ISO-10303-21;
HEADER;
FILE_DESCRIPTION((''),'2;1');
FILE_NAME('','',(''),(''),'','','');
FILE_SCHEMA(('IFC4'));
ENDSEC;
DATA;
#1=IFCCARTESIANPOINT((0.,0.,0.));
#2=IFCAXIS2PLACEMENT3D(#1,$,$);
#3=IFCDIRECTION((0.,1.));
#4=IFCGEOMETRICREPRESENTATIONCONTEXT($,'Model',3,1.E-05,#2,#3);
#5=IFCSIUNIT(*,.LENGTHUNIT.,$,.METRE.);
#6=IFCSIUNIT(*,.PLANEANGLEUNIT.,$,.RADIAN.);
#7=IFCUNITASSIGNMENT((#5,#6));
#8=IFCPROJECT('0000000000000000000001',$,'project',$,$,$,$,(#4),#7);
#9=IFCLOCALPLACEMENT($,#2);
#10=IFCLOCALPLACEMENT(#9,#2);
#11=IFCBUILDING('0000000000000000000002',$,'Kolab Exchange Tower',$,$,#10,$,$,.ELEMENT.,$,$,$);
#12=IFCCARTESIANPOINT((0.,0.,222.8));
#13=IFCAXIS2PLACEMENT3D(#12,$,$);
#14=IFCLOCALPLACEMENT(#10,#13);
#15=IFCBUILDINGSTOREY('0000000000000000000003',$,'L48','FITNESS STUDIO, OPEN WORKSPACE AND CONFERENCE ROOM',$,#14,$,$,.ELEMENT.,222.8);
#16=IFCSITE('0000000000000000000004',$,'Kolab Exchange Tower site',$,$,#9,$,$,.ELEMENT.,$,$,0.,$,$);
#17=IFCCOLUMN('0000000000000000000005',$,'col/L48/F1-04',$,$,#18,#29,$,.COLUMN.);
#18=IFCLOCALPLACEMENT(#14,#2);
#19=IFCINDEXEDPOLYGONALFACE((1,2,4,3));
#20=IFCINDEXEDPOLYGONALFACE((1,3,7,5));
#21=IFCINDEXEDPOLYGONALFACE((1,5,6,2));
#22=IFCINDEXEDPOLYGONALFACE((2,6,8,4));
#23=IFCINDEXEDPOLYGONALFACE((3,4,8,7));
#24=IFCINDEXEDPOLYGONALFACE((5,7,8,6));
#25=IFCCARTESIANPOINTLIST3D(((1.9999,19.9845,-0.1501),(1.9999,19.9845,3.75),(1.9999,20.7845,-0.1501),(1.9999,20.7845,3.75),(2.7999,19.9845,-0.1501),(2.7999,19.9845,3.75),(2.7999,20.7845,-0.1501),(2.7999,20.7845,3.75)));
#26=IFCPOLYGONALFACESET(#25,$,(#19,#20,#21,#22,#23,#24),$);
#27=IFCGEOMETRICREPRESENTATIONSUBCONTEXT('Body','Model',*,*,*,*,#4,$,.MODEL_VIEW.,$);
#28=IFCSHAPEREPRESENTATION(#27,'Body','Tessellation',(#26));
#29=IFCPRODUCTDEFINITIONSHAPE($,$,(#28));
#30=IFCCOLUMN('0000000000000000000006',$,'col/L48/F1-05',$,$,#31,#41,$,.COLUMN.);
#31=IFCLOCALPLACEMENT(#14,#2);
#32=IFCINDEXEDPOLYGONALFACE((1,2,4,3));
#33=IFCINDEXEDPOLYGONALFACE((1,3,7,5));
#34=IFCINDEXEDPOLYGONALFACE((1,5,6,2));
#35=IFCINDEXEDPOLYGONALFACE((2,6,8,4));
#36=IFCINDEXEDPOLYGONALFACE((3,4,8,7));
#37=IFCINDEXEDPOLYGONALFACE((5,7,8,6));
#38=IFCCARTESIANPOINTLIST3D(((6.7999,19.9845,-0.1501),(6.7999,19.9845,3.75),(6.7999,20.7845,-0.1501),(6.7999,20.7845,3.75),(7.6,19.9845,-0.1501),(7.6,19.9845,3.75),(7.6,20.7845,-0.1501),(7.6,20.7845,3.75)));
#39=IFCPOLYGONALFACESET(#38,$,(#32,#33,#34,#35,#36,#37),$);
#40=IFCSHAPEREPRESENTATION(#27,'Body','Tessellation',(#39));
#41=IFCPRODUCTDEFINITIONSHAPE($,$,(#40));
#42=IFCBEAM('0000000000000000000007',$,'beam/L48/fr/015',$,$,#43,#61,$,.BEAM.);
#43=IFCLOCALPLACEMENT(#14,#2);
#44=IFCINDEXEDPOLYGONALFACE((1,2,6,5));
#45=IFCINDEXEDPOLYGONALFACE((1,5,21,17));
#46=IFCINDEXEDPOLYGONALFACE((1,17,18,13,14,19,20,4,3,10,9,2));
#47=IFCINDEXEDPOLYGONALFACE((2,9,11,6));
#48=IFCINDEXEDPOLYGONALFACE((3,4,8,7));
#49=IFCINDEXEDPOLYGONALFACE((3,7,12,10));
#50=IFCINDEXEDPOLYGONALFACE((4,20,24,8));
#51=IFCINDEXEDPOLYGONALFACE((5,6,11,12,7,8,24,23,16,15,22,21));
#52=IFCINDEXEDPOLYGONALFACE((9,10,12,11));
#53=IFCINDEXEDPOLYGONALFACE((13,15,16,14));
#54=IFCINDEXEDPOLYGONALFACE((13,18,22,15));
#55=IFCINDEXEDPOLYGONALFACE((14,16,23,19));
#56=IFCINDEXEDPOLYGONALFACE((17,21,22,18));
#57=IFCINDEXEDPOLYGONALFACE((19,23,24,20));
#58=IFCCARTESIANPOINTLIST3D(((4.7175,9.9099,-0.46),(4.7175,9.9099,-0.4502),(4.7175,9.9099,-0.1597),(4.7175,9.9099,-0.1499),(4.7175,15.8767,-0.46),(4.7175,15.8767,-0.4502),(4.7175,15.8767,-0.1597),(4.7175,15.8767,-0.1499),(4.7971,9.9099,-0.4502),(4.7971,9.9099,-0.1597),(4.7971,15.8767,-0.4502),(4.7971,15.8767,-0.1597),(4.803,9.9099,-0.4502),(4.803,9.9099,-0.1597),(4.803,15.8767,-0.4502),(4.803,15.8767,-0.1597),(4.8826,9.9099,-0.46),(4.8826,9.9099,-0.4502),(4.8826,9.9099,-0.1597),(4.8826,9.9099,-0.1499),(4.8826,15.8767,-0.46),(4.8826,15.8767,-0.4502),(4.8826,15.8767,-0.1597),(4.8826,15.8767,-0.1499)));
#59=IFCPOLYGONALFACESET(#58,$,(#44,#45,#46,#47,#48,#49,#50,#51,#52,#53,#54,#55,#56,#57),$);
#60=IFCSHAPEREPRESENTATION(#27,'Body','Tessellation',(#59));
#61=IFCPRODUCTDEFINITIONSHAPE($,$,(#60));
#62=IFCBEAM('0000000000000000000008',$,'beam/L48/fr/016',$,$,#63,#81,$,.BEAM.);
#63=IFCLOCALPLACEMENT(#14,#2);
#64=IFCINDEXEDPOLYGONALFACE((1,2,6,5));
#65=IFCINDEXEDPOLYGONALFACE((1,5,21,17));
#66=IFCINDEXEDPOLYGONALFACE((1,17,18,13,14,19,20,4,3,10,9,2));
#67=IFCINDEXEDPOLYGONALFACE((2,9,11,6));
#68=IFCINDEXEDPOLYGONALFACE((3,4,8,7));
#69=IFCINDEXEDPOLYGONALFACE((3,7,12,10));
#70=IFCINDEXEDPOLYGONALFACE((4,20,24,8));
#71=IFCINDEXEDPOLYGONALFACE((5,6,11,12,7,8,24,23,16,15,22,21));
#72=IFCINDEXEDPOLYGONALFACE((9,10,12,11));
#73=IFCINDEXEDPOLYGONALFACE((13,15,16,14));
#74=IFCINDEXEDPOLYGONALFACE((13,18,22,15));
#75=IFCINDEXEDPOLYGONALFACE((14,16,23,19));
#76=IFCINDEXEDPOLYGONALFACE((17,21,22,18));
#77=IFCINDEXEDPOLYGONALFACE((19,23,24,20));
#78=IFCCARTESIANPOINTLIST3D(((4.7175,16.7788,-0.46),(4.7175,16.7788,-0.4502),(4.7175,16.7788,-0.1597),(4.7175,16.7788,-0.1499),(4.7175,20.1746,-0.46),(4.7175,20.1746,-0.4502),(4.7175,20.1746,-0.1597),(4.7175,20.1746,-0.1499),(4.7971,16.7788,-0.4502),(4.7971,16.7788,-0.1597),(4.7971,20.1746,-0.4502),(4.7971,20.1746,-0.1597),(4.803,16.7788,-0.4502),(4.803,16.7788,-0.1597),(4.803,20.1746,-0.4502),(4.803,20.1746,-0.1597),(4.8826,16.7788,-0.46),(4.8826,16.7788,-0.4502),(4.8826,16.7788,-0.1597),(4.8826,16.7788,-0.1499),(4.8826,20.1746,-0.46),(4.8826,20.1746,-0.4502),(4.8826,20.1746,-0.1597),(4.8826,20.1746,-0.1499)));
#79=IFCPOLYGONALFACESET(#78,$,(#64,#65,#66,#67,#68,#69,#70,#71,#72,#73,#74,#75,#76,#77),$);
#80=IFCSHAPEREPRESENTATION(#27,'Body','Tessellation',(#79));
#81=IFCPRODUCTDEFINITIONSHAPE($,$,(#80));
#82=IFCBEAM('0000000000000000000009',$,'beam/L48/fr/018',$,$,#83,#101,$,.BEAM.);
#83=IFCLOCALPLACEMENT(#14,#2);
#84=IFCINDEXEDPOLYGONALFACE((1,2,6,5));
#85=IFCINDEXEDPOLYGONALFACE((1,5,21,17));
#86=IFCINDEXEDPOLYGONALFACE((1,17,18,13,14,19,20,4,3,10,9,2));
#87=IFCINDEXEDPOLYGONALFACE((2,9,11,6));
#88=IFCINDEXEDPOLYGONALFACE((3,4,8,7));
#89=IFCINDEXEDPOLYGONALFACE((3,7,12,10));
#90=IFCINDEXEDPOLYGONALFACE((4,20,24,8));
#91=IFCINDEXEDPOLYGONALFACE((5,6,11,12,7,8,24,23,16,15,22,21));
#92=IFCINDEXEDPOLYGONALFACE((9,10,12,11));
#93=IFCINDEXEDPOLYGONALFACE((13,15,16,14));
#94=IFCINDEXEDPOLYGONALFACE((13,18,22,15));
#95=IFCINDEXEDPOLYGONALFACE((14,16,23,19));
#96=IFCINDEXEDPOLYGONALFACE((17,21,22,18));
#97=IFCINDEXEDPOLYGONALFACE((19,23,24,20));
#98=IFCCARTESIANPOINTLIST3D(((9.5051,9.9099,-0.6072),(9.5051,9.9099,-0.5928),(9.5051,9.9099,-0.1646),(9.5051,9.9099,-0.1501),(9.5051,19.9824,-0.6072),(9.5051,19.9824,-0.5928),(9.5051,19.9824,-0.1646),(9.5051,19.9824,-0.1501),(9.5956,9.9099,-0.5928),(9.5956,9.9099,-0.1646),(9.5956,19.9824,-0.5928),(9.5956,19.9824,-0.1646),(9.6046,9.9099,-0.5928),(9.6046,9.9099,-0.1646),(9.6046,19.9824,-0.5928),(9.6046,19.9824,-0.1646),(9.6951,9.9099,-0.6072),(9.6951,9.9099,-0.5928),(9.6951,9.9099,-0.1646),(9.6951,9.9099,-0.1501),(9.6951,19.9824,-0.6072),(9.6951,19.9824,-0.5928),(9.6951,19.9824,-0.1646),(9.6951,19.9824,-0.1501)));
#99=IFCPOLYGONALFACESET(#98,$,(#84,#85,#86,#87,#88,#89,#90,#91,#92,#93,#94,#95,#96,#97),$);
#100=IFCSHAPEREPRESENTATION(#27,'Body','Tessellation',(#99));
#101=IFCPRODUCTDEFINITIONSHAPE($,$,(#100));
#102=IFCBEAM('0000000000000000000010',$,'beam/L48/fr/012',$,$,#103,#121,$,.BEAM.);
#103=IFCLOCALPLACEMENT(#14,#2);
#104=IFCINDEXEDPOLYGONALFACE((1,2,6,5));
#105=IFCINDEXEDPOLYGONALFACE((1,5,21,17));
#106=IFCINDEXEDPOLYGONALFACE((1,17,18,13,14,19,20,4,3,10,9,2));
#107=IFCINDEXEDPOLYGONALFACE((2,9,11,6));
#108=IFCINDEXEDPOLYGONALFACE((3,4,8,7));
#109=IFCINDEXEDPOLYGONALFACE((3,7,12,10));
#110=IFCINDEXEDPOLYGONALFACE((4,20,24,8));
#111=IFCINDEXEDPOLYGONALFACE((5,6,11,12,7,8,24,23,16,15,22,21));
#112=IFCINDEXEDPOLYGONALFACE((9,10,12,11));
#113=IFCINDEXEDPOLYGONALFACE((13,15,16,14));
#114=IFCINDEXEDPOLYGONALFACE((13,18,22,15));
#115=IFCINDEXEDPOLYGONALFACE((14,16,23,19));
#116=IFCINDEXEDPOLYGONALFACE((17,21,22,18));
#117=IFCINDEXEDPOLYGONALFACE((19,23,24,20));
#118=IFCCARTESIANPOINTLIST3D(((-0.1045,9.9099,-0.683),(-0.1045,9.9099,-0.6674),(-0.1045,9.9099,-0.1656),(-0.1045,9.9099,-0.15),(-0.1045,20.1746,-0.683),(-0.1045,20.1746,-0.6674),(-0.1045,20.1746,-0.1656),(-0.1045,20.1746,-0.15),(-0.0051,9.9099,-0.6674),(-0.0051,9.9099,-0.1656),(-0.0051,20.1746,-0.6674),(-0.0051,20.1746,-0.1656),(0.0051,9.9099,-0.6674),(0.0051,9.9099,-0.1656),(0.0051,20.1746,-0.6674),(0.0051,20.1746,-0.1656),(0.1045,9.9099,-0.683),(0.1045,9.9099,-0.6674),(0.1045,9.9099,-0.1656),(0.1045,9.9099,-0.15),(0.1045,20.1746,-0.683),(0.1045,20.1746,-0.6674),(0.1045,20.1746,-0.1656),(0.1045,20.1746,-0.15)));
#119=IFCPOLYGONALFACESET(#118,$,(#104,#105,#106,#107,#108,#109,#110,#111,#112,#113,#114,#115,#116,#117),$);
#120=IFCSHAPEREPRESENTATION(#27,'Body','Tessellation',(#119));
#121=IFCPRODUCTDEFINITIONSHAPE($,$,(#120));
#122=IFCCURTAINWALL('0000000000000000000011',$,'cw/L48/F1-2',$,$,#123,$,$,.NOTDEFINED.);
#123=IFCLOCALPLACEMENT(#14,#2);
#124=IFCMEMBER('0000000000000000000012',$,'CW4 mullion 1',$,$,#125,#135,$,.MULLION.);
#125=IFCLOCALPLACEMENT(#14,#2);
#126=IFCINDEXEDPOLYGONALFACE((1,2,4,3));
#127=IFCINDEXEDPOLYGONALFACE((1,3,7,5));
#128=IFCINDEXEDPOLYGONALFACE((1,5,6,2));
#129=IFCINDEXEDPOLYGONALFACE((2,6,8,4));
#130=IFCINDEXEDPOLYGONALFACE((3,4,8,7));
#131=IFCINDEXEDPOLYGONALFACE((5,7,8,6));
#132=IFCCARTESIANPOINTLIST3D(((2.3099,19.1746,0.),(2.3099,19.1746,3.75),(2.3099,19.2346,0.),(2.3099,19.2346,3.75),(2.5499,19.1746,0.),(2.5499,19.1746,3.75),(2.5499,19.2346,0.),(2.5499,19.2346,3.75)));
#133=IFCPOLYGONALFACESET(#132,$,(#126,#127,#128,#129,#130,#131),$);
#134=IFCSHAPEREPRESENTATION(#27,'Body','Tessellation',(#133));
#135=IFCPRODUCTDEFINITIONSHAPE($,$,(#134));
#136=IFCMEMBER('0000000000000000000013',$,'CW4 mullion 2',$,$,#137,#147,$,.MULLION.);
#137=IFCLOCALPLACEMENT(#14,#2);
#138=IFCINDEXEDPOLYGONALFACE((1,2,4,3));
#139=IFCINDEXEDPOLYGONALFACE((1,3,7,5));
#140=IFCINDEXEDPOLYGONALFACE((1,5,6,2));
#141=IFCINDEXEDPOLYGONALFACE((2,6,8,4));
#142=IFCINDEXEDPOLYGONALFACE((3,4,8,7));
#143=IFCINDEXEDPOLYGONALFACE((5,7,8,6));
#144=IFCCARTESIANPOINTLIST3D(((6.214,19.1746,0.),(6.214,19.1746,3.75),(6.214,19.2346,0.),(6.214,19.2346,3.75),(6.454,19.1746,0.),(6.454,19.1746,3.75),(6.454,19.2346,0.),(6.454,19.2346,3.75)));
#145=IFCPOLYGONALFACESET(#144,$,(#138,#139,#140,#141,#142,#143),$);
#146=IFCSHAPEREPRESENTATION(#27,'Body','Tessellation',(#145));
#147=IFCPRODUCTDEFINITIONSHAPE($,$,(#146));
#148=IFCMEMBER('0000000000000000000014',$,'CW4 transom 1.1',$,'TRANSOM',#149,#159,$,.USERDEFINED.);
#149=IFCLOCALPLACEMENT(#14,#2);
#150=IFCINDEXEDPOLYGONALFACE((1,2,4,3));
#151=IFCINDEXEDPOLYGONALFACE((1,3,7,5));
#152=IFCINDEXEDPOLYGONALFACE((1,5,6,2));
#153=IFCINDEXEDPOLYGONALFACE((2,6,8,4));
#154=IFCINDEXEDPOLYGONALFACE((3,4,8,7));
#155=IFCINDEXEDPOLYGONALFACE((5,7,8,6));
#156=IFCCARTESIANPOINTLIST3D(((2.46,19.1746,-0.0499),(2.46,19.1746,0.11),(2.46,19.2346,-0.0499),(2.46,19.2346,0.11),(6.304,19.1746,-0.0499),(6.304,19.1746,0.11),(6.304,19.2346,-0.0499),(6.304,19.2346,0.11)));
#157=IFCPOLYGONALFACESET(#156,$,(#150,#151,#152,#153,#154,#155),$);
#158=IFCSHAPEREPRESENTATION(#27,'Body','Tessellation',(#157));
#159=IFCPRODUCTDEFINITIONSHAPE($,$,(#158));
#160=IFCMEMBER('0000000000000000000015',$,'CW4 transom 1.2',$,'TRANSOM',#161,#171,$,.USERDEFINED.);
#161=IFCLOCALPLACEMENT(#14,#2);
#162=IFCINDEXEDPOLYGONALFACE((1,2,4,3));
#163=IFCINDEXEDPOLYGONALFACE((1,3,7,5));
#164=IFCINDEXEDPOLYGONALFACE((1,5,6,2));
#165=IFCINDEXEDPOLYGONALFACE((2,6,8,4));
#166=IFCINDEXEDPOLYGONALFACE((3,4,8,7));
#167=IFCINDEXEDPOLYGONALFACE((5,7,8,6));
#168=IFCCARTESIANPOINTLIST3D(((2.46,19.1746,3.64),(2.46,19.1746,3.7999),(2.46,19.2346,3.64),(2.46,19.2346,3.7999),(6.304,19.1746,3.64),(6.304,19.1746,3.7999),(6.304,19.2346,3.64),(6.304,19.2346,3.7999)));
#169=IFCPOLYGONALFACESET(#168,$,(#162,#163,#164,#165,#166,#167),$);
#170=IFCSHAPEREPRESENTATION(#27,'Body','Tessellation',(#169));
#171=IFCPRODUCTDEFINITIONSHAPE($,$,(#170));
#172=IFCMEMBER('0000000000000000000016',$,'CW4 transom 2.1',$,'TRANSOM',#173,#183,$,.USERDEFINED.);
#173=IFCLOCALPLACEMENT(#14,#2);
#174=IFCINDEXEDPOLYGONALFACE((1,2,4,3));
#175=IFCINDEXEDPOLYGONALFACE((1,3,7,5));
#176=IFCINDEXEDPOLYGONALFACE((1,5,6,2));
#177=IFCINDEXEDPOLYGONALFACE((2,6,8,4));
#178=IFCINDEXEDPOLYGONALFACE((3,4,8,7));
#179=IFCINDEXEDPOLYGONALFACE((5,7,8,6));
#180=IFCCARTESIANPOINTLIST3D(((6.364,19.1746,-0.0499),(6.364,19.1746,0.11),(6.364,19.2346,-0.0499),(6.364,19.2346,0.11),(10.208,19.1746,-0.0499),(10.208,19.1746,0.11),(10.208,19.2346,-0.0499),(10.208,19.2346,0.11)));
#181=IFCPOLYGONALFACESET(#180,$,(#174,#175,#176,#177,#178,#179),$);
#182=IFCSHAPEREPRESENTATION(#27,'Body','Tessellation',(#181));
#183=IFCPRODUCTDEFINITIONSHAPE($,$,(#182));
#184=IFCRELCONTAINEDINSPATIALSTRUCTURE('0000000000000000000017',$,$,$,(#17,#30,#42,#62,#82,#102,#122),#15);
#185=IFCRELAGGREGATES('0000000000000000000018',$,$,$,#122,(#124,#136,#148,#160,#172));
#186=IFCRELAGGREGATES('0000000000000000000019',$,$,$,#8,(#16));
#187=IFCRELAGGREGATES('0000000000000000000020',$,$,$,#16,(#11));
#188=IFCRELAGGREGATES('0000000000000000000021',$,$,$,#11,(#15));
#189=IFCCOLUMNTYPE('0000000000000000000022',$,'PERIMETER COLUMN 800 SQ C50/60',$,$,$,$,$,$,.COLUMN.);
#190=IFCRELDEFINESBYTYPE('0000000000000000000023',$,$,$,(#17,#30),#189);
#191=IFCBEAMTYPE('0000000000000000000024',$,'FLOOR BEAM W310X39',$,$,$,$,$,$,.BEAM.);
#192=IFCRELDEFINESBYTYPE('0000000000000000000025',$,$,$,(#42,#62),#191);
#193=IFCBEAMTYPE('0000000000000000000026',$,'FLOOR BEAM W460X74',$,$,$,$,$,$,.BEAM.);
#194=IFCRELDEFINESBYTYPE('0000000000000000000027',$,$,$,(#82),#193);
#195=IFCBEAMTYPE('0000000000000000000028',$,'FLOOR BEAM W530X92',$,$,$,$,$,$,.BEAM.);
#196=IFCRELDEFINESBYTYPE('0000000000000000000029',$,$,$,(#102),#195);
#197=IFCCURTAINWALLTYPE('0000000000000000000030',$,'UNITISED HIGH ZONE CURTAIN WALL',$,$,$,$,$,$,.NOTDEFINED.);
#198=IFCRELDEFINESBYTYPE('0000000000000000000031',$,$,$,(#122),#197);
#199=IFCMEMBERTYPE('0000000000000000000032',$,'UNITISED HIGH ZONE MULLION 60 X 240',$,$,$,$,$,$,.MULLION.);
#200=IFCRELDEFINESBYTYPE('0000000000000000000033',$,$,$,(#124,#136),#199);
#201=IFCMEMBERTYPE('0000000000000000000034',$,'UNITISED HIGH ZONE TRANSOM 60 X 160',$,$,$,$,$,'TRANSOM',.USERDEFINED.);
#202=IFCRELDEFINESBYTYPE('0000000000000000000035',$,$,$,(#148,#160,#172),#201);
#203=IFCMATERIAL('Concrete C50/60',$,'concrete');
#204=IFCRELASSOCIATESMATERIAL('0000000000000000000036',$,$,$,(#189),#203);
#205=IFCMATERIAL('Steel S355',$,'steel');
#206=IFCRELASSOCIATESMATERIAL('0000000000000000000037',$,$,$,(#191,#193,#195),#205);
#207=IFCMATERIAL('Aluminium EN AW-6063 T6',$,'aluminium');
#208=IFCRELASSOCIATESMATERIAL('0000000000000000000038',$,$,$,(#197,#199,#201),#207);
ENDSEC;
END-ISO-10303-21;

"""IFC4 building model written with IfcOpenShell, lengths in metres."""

from ifc_helpers import new_model, si_unit, direction, frame, origin, origin_2d, place, context, subcontext, project, spatial, rectangle, i_section, extrude, material, material_profile, profile_set, type_object, element, aggregate, save


model = new_model("IFC4")

# Units and contexts
model_context = context("Model", 3, precision=1e-05, world=origin(), true_north=direction((0.0, 1.0)))
body_context = subcontext(model_context, "Body", "Model", "MODEL_VIEW")
ifc_project = project(units=[si_unit("LENGTHUNIT", "METRE"), si_unit("PLANEANGLEUNIT", "RADIAN")], contexts=[model_context])

# Site, building, storey
site_placement = place(None, origin())
site = spatial("IfcSite", under=ifc_project, at=site_placement, Name="Kolab Exchange Tower site", CompositionType="ELEMENT", RefElevation=0.0)
building_placement = place(site_placement, origin())
building = spatial("IfcBuilding", under=site, at=building_placement, Name="Kolab Exchange Tower", CompositionType="ELEMENT")
storey_placement = place(building_placement, frame((0.0, 0.0, 222.8)))
storey = spatial("IfcBuildingStorey", under=building, at=storey_placement, Name="L48", Description="FITNESS STUDIO, OPEN WORKSPACE AND CONFERENCE ROOM", CompositionType="ELEMENT", Elevation=222.8)

# Columns
ifc_material_1 = material(Name="Concrete C50/60", Category="concrete")
ifc_material_profile_1 = material_profile(ifc_material_1, rectangle(XDim=0.8, YDim=0.8, at=origin_2d()), Name="RC800")
ifc_profile_set_1 = profile_set([ifc_material_profile_1], Name="Concrete C50/60")
column_type = type_object("IfcColumnType", Name="PERIMETER COLUMN 800 SQ C50/60", PredefinedType="COLUMN", material=ifc_profile_set_1)
for number, where, z_axis, x_axis, name in (
    (1, (2.3999, 20.3845, -0.1501), (0.0, 0.0, 1.0), (1.0, 0.0, 0.0), "col/L48/F1-04"),
    (2, (7.2, 20.3845, -0.1501), (0.0, 0.0, 1.0), (1.0, 0.0, 0.0), "col/L48/F1-05"),
):
    element("IfcColumn", number, at=place(storey_placement, frame(where, z_axis=z_axis, x_axis=x_axis)), inside=storey, type_object=column_type, Name=name, PredefinedType="COLUMN", context=body_context, shape_type="SweptSolid", body=[
        extrude(rectangle(XDim=0.8, YDim=0.8, at=origin_2d()), origin(), (0.0, 0.0, 1.0), 3.9001),
    ])

# Beams
ifc_material_2 = material(Name="Steel S355", Category="steel")
ifc_material_profile_2 = material_profile(ifc_material_2, i_section(OverallWidth=0.165, OverallDepth=0.3101, WebThickness=0.0059, FlangeThickness=0.0098, at=origin_2d()), Name="W310X39")
ifc_profile_set_2 = profile_set([ifc_material_profile_2], Name="Steel S355")
beam_type_1 = type_object("IfcBeamType", Name="FLOOR BEAM W310X39", PredefinedType="BEAM", material=ifc_profile_set_2)
beam_1_placement = place(storey_placement, frame((4.8, 9.9099, -0.3049), z_axis=(0.0, 1.0, 0.0), x_axis=(-1.0, 0.0, 0.0)))
element("IfcBeam", 3, at=beam_1_placement, inside=storey, type_object=beam_type_1, Name="beam/L48/fr/015", PredefinedType="BEAM", context=body_context, shape_type="SweptSolid", body=[
    extrude(i_section(OverallWidth=0.165, OverallDepth=0.3101, WebThickness=0.0059, FlangeThickness=0.0098, at=origin_2d()), origin(), (0.0, 0.0, 1.0), 5.9668),
])
beam_2_placement = place(storey_placement, frame((4.8, 16.7788, -0.3049), z_axis=(0.0, 1.0, 0.0), x_axis=(-1.0, 0.0, 0.0)))
element("IfcBeam", 4, at=beam_2_placement, inside=storey, type_object=beam_type_1, Name="beam/L48/fr/016", PredefinedType="BEAM", context=body_context, shape_type="SweptSolid", body=[
    extrude(i_section(OverallWidth=0.165, OverallDepth=0.3101, WebThickness=0.0059, FlangeThickness=0.0098, at=origin_2d()), origin(), (0.0, 0.0, 1.0), 3.3958),
])
ifc_material_profile_3 = material_profile(ifc_material_2, i_section(OverallWidth=0.1899, OverallDepth=0.457, WebThickness=0.009, FlangeThickness=0.0144, at=origin_2d()), Name="W460X74")
ifc_profile_set_3 = profile_set([ifc_material_profile_3], Name="Steel S355")
beam_type_2 = type_object("IfcBeamType", Name="FLOOR BEAM W460X74", PredefinedType="BEAM", material=ifc_profile_set_3)
beam_3_placement = place(storey_placement, frame((9.6001, 9.9099, -0.3787), z_axis=(0.0, 1.0, 0.0), x_axis=(-1.0, 0.0, 0.0)))
element("IfcBeam", 5, at=beam_3_placement, inside=storey, type_object=beam_type_2, Name="beam/L48/fr/018", PredefinedType="BEAM", context=body_context, shape_type="SweptSolid", body=[
    extrude(i_section(OverallWidth=0.1899, OverallDepth=0.457, WebThickness=0.009, FlangeThickness=0.0144, at=origin_2d()), origin(), (0.0, 0.0, 1.0), 10.0725),
])
ifc_material_profile_4 = material_profile(ifc_material_2, i_section(OverallWidth=0.209, OverallDepth=0.533, WebThickness=0.0103, FlangeThickness=0.0156, at=origin_2d()), Name="W530X92")
ifc_profile_set_4 = profile_set([ifc_material_profile_4], Name="Steel S355")
beam_type_3 = type_object("IfcBeamType", Name="FLOOR BEAM W530X92", PredefinedType="BEAM", material=ifc_profile_set_4)
beam_4_placement = place(storey_placement, frame((0.0, 9.9099, -0.4165), z_axis=(0.0, 1.0, 0.0), x_axis=(-1.0, 0.0, 0.0)))
element("IfcBeam", 6, at=beam_4_placement, inside=storey, type_object=beam_type_3, Name="beam/L48/fr/012", PredefinedType="BEAM", context=body_context, shape_type="SweptSolid", body=[
    extrude(i_section(OverallWidth=0.209, OverallDepth=0.533, WebThickness=0.0103, FlangeThickness=0.0156, at=origin_2d()), origin(), (0.0, 0.0, 1.0), 10.2646),
])

# Curtain wall, members
ifc_material_3 = material(Name="Aluminium EN AW-6063 T6", Category="aluminium")
curtain_wall_type = type_object("IfcCurtainWallType", Name="UNITISED HIGH ZONE CURTAIN WALL", PredefinedType="NOTDEFINED", material=ifc_material_3)
curtain_wall_placement = place(storey_placement, origin())
curtain_wall = element("IfcCurtainWall", 7, at=curtain_wall_placement, inside=storey, type_object=curtain_wall_type, Name="cw/L48/F1-2", PredefinedType="NOTDEFINED")
ifc_material_profile_5 = material_profile(ifc_material_3, rectangle(XDim=0.0601, YDim=0.24, at=origin_2d()), Name="RECT 60X240")
ifc_profile_set_5 = profile_set([ifc_material_profile_5], Name="Aluminium EN AW-6063 T6")
member_type_1 = type_object("IfcMemberType", Name="UNITISED HIGH ZONE MULLION 60 X 240", PredefinedType="MULLION", material=ifc_profile_set_5)
member_1_placement = place(storey_placement, frame((2.4299, 19.2046, 0.0), z_axis=(0.0, 0.0, 1.0), x_axis=(0.0, 1.0, 0.0)))
member_1 = element("IfcMember", 8, at=member_1_placement, type_object=member_type_1, Name="CW4 mullion 1", PredefinedType="MULLION", context=body_context, shape_type="SweptSolid", body=[
    extrude(rectangle(XDim=0.0601, YDim=0.24, at=origin_2d()), origin(), (0.0, 0.0, 1.0), 3.75),
])
member_2_placement = place(storey_placement, frame((6.334, 19.2046, 0.0), z_axis=(0.0, 0.0, 1.0), x_axis=(0.0, 1.0, 0.0)))
member_2 = element("IfcMember", 9, at=member_2_placement, type_object=member_type_1, Name="CW4 mullion 2", PredefinedType="MULLION", context=body_context, shape_type="SweptSolid", body=[
    extrude(rectangle(XDim=0.0601, YDim=0.24, at=origin_2d()), origin(), (0.0, 0.0, 1.0), 3.75),
])
ifc_material_profile_6 = material_profile(ifc_material_3, rectangle(XDim=0.0601, YDim=0.1599, at=origin_2d()), Name="RECT 60X160")
ifc_profile_set_6 = profile_set([ifc_material_profile_6], Name="Aluminium EN AW-6063 T6")
member_type_2 = type_object("IfcMemberType", Name="UNITISED HIGH ZONE TRANSOM 60 X 160", ElementType="TRANSOM", PredefinedType="USERDEFINED", material=ifc_profile_set_6)
member_3_placement = place(storey_placement, frame((2.46, 19.2046, 0.03), z_axis=(1.0, 0.0, 0.0), x_axis=(0.0, 1.0, 0.0)))
member_3 = element("IfcMember", 10, at=member_3_placement, type_object=member_type_2, Name="CW4 transom 1.1", ObjectType="TRANSOM", PredefinedType="USERDEFINED", context=body_context, shape_type="SweptSolid", body=[
    extrude(rectangle(XDim=0.0601, YDim=0.1599, at=origin_2d()), origin(), (0.0, 0.0, 1.0), 3.844),
])
member_4_placement = place(storey_placement, frame((2.46, 19.2046, 3.72), z_axis=(1.0, 0.0, 0.0), x_axis=(0.0, 1.0, 0.0)))
member_4 = element("IfcMember", 11, at=member_4_placement, type_object=member_type_2, Name="CW4 transom 1.2", ObjectType="TRANSOM", PredefinedType="USERDEFINED", context=body_context, shape_type="SweptSolid", body=[
    extrude(rectangle(XDim=0.0601, YDim=0.1599, at=origin_2d()), origin(), (0.0, 0.0, 1.0), 3.844),
])
member_5_placement = place(storey_placement, frame((6.364, 19.2046, 0.03), z_axis=(1.0, 0.0, 0.0), x_axis=(0.0, 1.0, 0.0)))
member_5 = element("IfcMember", 12, at=member_5_placement, type_object=member_type_2, Name="CW4 transom 2.1", ObjectType="TRANSOM", PredefinedType="USERDEFINED", context=body_context, shape_type="SweptSolid", body=[
    extrude(rectangle(XDim=0.0601, YDim=0.1599, at=origin_2d()), origin(), (0.0, 0.0, 1.0), 3.844),
])
aggregate(curtain_wall, [member_1, member_2, member_3, member_4, member_5])

save(model, "model.ifc")
